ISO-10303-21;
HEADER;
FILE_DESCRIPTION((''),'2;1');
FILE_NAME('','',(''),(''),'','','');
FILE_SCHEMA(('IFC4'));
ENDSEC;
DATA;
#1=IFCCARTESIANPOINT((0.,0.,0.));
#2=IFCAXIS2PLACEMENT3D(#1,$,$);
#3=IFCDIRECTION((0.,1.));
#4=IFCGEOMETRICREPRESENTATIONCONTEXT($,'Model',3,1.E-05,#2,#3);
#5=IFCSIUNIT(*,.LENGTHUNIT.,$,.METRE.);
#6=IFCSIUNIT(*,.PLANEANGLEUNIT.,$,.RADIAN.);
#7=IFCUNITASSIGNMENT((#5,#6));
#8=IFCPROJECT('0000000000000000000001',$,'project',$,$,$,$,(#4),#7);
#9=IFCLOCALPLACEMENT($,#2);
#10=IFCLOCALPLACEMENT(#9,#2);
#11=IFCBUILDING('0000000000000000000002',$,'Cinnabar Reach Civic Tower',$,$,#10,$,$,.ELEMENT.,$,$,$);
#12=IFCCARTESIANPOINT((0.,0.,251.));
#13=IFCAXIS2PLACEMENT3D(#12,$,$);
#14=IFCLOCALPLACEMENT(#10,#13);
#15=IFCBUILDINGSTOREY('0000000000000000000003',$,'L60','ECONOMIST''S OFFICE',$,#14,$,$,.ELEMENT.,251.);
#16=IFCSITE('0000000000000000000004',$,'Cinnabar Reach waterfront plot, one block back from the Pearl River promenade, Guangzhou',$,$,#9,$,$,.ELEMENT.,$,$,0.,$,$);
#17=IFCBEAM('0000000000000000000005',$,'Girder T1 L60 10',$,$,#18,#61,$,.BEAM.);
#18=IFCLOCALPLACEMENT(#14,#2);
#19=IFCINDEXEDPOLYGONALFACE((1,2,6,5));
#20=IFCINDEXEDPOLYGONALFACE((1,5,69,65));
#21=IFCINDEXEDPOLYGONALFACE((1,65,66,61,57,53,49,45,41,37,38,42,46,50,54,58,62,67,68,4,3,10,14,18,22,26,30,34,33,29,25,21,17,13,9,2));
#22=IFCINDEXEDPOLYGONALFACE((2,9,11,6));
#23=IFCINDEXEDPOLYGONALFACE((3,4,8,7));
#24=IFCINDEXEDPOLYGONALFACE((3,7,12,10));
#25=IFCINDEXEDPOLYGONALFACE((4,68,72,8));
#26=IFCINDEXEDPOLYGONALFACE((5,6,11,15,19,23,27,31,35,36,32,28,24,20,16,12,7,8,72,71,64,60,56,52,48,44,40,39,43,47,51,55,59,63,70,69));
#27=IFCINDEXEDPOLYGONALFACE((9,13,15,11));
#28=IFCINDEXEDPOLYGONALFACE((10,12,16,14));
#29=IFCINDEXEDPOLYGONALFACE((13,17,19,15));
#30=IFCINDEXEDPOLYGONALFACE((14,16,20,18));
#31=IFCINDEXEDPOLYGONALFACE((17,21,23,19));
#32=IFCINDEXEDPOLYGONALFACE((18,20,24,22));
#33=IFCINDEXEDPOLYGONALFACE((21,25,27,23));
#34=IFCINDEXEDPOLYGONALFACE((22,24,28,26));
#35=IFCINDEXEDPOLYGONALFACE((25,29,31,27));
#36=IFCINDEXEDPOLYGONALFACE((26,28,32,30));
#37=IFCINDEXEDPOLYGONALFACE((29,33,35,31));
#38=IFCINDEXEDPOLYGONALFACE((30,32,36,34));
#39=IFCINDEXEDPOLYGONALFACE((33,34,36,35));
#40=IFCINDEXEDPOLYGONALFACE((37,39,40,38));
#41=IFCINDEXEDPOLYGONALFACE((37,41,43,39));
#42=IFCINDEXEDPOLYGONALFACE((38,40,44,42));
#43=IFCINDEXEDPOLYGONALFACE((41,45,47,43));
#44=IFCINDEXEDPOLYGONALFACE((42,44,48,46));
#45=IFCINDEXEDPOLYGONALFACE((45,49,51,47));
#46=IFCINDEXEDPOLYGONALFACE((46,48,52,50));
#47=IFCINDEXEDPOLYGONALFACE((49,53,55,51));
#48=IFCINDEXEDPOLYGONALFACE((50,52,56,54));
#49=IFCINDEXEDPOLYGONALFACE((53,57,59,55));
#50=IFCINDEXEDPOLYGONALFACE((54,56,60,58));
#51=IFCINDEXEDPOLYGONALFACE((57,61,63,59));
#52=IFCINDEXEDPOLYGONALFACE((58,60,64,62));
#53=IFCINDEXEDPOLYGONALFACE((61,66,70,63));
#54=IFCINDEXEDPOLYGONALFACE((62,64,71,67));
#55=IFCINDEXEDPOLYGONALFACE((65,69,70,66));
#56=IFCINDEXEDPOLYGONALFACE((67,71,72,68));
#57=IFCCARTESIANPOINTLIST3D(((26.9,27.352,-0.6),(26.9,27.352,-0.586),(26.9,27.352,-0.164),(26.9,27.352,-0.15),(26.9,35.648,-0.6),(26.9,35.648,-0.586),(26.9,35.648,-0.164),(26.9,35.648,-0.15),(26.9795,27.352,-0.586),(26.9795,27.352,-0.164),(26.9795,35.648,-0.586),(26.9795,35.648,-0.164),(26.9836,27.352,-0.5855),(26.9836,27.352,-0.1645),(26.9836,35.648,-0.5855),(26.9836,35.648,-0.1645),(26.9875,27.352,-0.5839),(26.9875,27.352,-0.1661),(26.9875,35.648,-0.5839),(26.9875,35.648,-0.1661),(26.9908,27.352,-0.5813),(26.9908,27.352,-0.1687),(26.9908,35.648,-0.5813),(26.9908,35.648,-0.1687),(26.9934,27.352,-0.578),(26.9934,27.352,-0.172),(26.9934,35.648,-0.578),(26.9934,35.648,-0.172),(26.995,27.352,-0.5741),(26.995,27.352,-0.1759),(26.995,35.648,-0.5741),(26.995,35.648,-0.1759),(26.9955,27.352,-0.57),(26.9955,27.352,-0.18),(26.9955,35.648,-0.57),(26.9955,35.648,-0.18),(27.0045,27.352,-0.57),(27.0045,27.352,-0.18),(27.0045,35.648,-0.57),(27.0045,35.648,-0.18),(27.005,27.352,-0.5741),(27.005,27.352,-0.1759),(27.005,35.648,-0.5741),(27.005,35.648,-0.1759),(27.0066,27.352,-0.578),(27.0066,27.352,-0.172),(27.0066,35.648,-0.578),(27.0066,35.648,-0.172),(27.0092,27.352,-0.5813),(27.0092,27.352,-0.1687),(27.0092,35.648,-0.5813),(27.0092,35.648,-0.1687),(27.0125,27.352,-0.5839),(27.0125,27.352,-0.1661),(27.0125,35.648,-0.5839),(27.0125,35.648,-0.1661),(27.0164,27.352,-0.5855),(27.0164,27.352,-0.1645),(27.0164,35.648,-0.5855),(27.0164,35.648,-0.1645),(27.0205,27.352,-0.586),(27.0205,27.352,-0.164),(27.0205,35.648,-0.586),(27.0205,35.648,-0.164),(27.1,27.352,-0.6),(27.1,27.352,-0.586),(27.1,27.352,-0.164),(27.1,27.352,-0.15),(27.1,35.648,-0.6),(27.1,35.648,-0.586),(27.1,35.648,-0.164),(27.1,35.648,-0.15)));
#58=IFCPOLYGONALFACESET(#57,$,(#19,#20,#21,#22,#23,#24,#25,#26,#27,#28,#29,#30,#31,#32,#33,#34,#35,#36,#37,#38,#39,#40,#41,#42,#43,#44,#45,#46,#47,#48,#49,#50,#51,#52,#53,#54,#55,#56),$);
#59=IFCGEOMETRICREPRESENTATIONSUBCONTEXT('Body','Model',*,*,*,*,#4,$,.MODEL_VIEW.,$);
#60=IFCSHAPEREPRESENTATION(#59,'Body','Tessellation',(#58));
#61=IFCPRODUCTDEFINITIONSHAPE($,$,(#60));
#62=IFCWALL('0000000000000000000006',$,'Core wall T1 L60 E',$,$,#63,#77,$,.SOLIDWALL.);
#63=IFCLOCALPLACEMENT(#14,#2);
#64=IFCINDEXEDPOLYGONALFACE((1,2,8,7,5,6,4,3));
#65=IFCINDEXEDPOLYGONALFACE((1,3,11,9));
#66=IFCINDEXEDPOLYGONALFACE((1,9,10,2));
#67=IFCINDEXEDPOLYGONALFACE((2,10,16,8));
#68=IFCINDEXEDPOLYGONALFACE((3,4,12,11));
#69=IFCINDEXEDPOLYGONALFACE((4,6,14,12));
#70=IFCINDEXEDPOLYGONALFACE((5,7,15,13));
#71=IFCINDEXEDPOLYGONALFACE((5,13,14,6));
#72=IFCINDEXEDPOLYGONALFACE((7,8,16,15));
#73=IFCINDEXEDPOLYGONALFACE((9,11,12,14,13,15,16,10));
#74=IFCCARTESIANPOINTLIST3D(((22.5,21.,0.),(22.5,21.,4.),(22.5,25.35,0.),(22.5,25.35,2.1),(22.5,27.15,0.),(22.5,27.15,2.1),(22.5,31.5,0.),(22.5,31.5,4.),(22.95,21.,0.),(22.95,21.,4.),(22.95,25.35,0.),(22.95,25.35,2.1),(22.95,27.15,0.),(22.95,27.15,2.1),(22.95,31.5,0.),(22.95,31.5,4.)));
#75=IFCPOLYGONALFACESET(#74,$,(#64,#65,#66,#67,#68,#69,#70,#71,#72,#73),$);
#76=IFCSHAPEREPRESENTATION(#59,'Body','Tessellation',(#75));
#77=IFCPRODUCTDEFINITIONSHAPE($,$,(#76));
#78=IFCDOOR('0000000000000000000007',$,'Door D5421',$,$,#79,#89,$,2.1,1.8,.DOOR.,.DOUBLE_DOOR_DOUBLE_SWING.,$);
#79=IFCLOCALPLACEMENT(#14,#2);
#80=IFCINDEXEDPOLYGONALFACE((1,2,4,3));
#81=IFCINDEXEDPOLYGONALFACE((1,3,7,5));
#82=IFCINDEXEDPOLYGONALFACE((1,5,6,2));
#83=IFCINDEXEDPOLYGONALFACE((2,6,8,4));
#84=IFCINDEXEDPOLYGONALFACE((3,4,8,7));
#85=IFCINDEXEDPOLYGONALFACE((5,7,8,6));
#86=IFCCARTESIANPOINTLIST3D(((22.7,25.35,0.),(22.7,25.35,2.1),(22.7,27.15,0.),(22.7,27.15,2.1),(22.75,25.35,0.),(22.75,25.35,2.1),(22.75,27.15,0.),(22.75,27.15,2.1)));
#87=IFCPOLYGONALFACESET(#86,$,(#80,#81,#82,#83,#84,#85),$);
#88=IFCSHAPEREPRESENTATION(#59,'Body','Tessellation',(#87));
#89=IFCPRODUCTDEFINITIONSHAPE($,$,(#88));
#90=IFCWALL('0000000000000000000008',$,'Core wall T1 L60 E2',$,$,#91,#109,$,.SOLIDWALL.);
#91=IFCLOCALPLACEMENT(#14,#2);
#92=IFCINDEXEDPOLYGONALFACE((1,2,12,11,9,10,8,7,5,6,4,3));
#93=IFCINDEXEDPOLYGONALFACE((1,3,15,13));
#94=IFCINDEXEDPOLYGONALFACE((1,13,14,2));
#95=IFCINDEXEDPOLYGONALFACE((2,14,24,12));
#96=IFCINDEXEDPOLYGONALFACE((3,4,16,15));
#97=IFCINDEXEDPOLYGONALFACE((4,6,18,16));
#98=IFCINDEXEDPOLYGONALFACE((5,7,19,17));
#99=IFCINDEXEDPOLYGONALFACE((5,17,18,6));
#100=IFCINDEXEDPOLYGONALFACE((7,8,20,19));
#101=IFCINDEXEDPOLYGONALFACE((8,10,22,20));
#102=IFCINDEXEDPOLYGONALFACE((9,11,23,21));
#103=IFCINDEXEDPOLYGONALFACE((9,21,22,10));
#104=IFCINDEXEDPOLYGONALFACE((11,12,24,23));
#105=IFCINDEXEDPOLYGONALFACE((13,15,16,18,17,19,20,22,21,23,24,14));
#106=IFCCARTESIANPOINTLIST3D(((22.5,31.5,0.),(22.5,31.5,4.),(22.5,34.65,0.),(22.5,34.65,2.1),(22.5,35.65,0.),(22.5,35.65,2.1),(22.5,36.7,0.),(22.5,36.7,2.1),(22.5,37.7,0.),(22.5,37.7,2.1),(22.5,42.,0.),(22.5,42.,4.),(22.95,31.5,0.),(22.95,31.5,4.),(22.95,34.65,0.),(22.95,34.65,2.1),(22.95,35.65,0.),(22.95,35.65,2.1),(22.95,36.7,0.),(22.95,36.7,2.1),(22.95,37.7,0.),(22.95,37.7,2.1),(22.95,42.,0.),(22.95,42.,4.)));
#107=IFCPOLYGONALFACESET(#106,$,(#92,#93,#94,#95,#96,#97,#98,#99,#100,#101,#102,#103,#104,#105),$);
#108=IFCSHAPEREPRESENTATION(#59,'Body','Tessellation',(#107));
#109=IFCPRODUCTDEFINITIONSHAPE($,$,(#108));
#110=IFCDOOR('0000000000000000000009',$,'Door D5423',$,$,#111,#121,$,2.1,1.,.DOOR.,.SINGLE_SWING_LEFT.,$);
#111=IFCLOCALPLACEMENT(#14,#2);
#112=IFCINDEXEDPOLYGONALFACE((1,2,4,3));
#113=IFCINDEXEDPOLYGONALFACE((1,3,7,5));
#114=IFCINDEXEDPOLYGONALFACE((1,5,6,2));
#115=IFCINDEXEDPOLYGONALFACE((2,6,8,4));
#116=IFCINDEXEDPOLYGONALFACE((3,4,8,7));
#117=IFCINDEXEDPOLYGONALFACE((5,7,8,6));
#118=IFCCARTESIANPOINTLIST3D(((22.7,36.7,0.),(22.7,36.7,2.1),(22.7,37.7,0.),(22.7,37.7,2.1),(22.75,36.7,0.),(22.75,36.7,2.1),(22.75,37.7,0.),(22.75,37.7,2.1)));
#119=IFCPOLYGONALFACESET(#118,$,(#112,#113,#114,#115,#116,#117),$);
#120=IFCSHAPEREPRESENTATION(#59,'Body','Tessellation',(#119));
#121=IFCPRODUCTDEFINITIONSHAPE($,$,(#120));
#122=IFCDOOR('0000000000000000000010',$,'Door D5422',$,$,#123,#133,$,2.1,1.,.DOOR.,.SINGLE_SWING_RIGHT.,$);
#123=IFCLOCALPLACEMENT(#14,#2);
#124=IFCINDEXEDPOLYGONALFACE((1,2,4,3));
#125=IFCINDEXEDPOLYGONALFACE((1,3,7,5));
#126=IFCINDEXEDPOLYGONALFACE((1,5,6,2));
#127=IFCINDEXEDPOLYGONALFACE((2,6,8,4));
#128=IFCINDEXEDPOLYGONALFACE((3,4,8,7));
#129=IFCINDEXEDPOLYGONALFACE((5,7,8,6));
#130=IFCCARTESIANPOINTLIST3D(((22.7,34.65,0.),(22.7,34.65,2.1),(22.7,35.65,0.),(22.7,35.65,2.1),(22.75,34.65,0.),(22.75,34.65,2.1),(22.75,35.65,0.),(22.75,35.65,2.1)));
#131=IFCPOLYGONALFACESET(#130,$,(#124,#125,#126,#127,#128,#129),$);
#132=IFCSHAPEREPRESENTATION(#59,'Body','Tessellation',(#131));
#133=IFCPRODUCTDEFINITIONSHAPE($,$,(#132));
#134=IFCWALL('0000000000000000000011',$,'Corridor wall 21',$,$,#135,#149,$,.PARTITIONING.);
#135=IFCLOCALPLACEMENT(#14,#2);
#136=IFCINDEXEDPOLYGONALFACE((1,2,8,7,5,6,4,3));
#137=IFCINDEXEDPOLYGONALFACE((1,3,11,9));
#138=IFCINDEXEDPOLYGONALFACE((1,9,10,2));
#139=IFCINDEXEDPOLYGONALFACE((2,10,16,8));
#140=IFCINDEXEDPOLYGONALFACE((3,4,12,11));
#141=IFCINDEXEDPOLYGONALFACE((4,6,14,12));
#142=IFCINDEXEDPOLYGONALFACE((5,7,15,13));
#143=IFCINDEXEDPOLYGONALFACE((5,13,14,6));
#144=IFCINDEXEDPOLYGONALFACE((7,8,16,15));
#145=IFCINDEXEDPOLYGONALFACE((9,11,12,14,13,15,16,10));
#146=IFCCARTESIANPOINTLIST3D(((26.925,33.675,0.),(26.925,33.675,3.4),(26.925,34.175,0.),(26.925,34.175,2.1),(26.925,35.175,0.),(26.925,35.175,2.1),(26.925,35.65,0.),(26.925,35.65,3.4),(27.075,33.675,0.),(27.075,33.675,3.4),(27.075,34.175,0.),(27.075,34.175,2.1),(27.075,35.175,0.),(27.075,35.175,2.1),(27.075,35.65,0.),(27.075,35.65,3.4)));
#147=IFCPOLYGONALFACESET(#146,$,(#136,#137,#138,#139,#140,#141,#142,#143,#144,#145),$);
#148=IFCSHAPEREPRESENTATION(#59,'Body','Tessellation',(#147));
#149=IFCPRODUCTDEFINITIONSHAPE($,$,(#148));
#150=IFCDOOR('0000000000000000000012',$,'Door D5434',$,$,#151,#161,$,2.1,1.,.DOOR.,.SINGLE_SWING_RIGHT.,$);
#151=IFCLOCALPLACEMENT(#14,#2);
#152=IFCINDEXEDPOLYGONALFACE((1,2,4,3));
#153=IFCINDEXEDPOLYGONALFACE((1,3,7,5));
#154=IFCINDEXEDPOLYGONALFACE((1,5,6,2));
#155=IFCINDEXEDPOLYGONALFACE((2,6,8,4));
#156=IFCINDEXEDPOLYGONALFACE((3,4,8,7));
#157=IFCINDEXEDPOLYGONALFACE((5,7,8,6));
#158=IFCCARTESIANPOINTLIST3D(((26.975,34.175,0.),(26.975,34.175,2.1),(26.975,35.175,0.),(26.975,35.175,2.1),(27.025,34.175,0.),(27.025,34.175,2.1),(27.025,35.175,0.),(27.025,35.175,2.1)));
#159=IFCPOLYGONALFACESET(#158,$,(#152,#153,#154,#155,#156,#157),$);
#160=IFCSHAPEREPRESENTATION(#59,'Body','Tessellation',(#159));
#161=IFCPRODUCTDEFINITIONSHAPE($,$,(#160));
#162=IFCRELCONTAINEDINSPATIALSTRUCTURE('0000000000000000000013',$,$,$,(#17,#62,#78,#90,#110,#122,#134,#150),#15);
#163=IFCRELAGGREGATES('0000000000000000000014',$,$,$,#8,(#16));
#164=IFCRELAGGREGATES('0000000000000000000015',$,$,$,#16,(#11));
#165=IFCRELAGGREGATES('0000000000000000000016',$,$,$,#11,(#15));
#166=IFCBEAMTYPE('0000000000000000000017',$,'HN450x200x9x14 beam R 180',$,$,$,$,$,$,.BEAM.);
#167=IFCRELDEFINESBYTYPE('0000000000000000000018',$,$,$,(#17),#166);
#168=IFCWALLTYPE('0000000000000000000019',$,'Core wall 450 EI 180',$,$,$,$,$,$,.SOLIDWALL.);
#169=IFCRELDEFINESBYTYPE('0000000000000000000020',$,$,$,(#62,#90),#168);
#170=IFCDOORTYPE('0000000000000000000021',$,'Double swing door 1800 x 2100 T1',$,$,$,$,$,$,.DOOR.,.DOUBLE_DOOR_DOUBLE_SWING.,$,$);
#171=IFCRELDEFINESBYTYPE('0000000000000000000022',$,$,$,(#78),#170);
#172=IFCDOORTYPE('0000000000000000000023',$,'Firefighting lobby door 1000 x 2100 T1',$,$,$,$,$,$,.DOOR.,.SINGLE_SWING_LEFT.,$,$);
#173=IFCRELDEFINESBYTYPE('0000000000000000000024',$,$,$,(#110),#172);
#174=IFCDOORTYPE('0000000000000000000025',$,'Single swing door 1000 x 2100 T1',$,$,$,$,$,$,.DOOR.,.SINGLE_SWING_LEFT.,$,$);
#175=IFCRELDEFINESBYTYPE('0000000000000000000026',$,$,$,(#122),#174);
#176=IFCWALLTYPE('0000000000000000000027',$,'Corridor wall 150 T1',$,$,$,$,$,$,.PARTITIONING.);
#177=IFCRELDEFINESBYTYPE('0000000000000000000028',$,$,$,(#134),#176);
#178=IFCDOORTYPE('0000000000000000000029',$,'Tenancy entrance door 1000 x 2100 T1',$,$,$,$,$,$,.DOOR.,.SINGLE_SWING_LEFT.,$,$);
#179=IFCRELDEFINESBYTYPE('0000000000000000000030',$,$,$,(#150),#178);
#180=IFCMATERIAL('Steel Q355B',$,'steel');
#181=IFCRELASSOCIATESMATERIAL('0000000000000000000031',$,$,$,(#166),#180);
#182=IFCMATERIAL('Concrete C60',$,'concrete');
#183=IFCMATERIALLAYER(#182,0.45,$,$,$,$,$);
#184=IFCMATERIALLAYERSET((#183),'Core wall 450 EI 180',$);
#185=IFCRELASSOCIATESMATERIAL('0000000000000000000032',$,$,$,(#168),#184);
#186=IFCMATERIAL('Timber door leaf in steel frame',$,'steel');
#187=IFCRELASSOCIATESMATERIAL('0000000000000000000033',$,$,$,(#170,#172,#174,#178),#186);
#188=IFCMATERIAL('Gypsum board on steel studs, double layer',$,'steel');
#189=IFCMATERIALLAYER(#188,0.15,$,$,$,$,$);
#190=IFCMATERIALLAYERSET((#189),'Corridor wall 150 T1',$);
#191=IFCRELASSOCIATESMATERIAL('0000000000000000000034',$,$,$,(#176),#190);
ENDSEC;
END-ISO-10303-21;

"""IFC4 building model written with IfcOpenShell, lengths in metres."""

from ifc_helpers import new_model, si_unit, direction, frame, frame_2d, origin, origin_2d, place, context, subcontext, project, spatial, rectangle, i_section, extrude, material, layer, layer_set, material_profile, profile_set, type_object, element, fill, save


model = new_model("IFC4")

# Units and contexts
model_context = context("Model", 3, precision=1e-05, world=origin(), true_north=direction((0.0, 1.0)))
body_context = subcontext(model_context, "Body", "Model", "MODEL_VIEW")
ifc_project = project(units=[si_unit("LENGTHUNIT", "METRE"), si_unit("PLANEANGLEUNIT", "RADIAN")], contexts=[model_context])

# Site, building, storey
site_placement = place(None, origin())
site = spatial("IfcSite", under=ifc_project, at=site_placement, Name="Cinnabar Reach waterfront plot, one block back from the Pearl River promenade, Guangzhou", CompositionType="ELEMENT", RefElevation=0.0)
building_placement = place(site_placement, origin())
building = spatial("IfcBuilding", under=site, at=building_placement, Name="Cinnabar Reach Civic Tower", CompositionType="ELEMENT")
storey_placement = place(building_placement, frame((0.0, 0.0, 251.0)))
storey = spatial("IfcBuildingStorey", under=building, at=storey_placement, Name="L60", Description="ECONOMIST'S OFFICE", CompositionType="ELEMENT", Elevation=251.0)

# Shared definitions
ifc_material_1 = material(Name="Concrete C60", Category="concrete")

# Beam
ifc_material_2 = material(Name="Steel Q355B", Category="steel")
ifc_material_profile_1 = material_profile(ifc_material_2, i_section(OverallWidth=0.2, OverallDepth=0.45, WebThickness=0.009, FlangeThickness=0.014, FilletRadius=0.016, at=origin_2d()), Name="HN450x200x9x14")
ifc_profile_set_1 = profile_set([ifc_material_profile_1], Name="Steel Q355B")
beam_type_1 = type_object("IfcBeamType", Name="HN450x200x9x14 beam R 180", PredefinedType="BEAM", material=ifc_profile_set_1)
beam_1_placement = place(storey_placement, frame((27.0, 27.352, -0.375), z_axis=(0.0, 1.0, 0.0), x_axis=(-1.0, 0.0, 0.0)))
element("IfcBeam", 1, at=beam_1_placement, inside=storey, type_object=beam_type_1, Name="Girder T1 L60 10", PredefinedType="BEAM", context=body_context, shape_type="SweptSolid", body=[
    extrude(i_section(OverallWidth=0.2, OverallDepth=0.45, WebThickness=0.009, FlangeThickness=0.014, FilletRadius=0.016, at=origin_2d()), origin(), (0.0, 0.0, 1.0), 8.296),
])

# Wall, opening, door
ifc_layer_1 = layer(ifc_material_1, 0.45)
ifc_layer_set_1 = layer_set([ifc_layer_1], Name="Core wall 450 EI 180")
wall_type_1 = type_object("IfcWallType", Name="Core wall 450 EI 180", PredefinedType="SOLIDWALL", material=ifc_layer_set_1)
wall_1_placement = place(storey_placement, frame((22.725, 21.0, 0.0), z_axis=(0.0, 0.0, 1.0), x_axis=(0.0, 1.0, 0.0)))
wall_1 = element("IfcWall", 2, at=wall_1_placement, inside=storey, type_object=wall_type_1, Name="Core wall T1 L60 E", PredefinedType="SOLIDWALL", context=body_context, shape_type="SweptSolid", body=[
    extrude(rectangle(XDim=10.5, YDim=0.45, at=frame_2d((5.25, 0.0))), origin(), (0.0, 0.0, 1.0), 4.0),
])
opening_1_placement = place(wall_1_placement, frame((4.35, 0.0, 0.0)))
opening_1 = element("IfcOpeningElement", 3, at=opening_1_placement, cuts=wall_1, PredefinedType="OPENING", context=body_context, shape_type="SweptSolid", body=[
    extrude(rectangle(XDim=1.8, YDim=2.1, at=frame_2d((0.9, 1.05))), frame((0.0, 0.235, 0.0), z_axis=(0.0, -1.0, 0.0), x_axis=(1.0, 0.0, 0.0)), (0.0, 0.0, 1.0), 0.47),
])
ifc_material_3 = material(Name="Timber door leaf in steel frame", Category="steel")
door_type_1 = type_object("IfcDoorType", Name="Double swing door 1800 x 2100 T1", OperationType="DOUBLE_DOOR_DOUBLE_SWING", PredefinedType="DOOR", material=ifc_material_3)
door_1_placement = place(opening_1_placement, origin())
door_1 = element("IfcDoor", 4, at=door_1_placement, inside=storey, type_object=door_type_1, Name="Door D5421", OperationType="DOUBLE_DOOR_DOUBLE_SWING", OverallHeight=2.1, OverallWidth=1.8, PredefinedType="DOOR", context=body_context, shape_type="SweptSolid", body=[
    extrude(rectangle(XDim=1.8, YDim=2.1, at=frame_2d((0.9, 1.05))), frame((0.0, 0.025, 0.0), z_axis=(0.0, -1.0, 0.0), x_axis=(1.0, 0.0, 0.0)), (0.0, 0.0, 1.0), 0.05),
])
fill(opening_1, door_1)

# Wall, openings, doors
wall_2_placement = place(storey_placement, frame((22.725, 31.5, 0.0), z_axis=(0.0, 0.0, 1.0), x_axis=(0.0, 1.0, 0.0)))
wall_2 = element("IfcWall", 5, at=wall_2_placement, inside=storey, type_object=wall_type_1, Name="Core wall T1 L60 E2", PredefinedType="SOLIDWALL", context=body_context, shape_type="SweptSolid", body=[
    extrude(rectangle(XDim=10.5, YDim=0.45, at=frame_2d((5.25, 0.0))), origin(), (0.0, 0.0, 1.0), 4.0),
])
opening_2_placement = place(wall_2_placement, frame((3.15, 0.0, 0.0)))
opening_2 = element("IfcOpeningElement", 6, at=opening_2_placement, cuts=wall_2, PredefinedType="OPENING", context=body_context, shape_type="SweptSolid", body=[
    extrude(rectangle(XDim=1.0, YDim=2.1, at=frame_2d((0.5, 1.05))), frame((0.0, 0.235, 0.0), z_axis=(0.0, -1.0, 0.0), x_axis=(1.0, 0.0, 0.0)), (0.0, 0.0, 1.0), 0.47),
])
opening_3_placement = place(wall_2_placement, frame((5.2, 0.0, 0.0)))
opening_3 = element("IfcOpeningElement", 7, at=opening_3_placement, cuts=wall_2, PredefinedType="OPENING", context=body_context, shape_type="SweptSolid", body=[
    extrude(rectangle(XDim=1.0, YDim=2.1, at=frame_2d((0.5, 1.05))), frame((0.0, 0.235, 0.0), z_axis=(0.0, -1.0, 0.0), x_axis=(1.0, 0.0, 0.0)), (0.0, 0.0, 1.0), 0.47),
])
door_type_2 = type_object("IfcDoorType", Name="Firefighting lobby door 1000 x 2100 T1", OperationType="SINGLE_SWING_LEFT", PredefinedType="DOOR", material=ifc_material_3)
door_2_placement = place(opening_3_placement, origin())
door_2 = element("IfcDoor", 8, at=door_2_placement, inside=storey, type_object=door_type_2, Name="Door D5423", OperationType="SINGLE_SWING_LEFT", OverallHeight=2.1, OverallWidth=1.0, PredefinedType="DOOR", context=body_context, shape_type="SweptSolid", body=[
    extrude(rectangle(XDim=1.0, YDim=2.1, at=frame_2d((0.5, 1.05))), frame((0.0, 0.025, 0.0), z_axis=(0.0, -1.0, 0.0), x_axis=(1.0, 0.0, 0.0)), (0.0, 0.0, 1.0), 0.05),
])
fill(opening_3, door_2)
door_type_3 = type_object("IfcDoorType", Name="Single swing door 1000 x 2100 T1", OperationType="SINGLE_SWING_LEFT", PredefinedType="DOOR", material=ifc_material_3)
door_3_placement = place(opening_2_placement, origin())
door_3 = element("IfcDoor", 9, at=door_3_placement, inside=storey, type_object=door_type_3, Name="Door D5422", OperationType="SINGLE_SWING_RIGHT", OverallHeight=2.1, OverallWidth=1.0, PredefinedType="DOOR", context=body_context, shape_type="SweptSolid", body=[
    extrude(rectangle(XDim=1.0, YDim=2.1, at=frame_2d((0.5, 1.05))), frame((0.0, 0.025, 0.0), z_axis=(0.0, -1.0, 0.0), x_axis=(1.0, 0.0, 0.0)), (0.0, 0.0, 1.0), 0.05),
])
fill(opening_2, door_3)

# Wall, opening, door
ifc_material_4 = material(Name="Gypsum board on steel studs, double layer", Category="steel")
ifc_layer_2 = layer(ifc_material_4, 0.15)
ifc_layer_set_2 = layer_set([ifc_layer_2], Name="Corridor wall 150 T1")
wall_type_2 = type_object("IfcWallType", Name="Corridor wall 150 T1", PredefinedType="PARTITIONING", material=ifc_layer_set_2)
wall_3_placement = place(storey_placement, frame((27.0, 33.675, 0.0), z_axis=(0.0, 0.0, 1.0), x_axis=(0.0, 1.0, 0.0)))
wall_3 = element("IfcWall", 10, at=wall_3_placement, inside=storey, type_object=wall_type_2, Name="Corridor wall 21", PredefinedType="PARTITIONING", context=body_context, shape_type="SweptSolid", body=[
    extrude(rectangle(XDim=1.975, YDim=0.15, at=frame_2d((0.9875, 0.0))), origin(), (0.0, 0.0, 1.0), 3.4),
])
opening_4_placement = place(wall_3_placement, frame((0.5, 0.0, 0.0)))
opening_4 = element("IfcOpeningElement", 11, at=opening_4_placement, cuts=wall_3, PredefinedType="OPENING", context=body_context, shape_type="SweptSolid", body=[
    extrude(rectangle(XDim=1.0, YDim=2.1, at=frame_2d((0.5, 1.05))), frame((0.0, 0.085, 0.0), z_axis=(0.0, -1.0, 0.0), x_axis=(1.0, 0.0, 0.0)), (0.0, 0.0, 1.0), 0.17),
])
door_type_4 = type_object("IfcDoorType", Name="Tenancy entrance door 1000 x 2100 T1", OperationType="SINGLE_SWING_LEFT", PredefinedType="DOOR", material=ifc_material_3)
door_4_placement = place(opening_4_placement, frame((1.0, 0.0, 0.0), z_axis=(0.0, 0.0, 1.0), x_axis=(-1.0, 0.0, 0.0)))
door_4 = element("IfcDoor", 12, at=door_4_placement, inside=storey, type_object=door_type_4, Name="Door D5434", OperationType="SINGLE_SWING_RIGHT", OverallHeight=2.1, OverallWidth=1.0, PredefinedType="DOOR", context=body_context, shape_type="SweptSolid", body=[
    extrude(rectangle(XDim=1.0, YDim=2.1, at=frame_2d((0.5, 1.05))), frame((0.0, 0.025, 0.0), z_axis=(0.0, -1.0, 0.0), x_axis=(1.0, 0.0, 0.0)), (0.0, 0.0, 1.0), 0.05),
])
fill(opening_4, door_4)

save(model, "model.ifc")
